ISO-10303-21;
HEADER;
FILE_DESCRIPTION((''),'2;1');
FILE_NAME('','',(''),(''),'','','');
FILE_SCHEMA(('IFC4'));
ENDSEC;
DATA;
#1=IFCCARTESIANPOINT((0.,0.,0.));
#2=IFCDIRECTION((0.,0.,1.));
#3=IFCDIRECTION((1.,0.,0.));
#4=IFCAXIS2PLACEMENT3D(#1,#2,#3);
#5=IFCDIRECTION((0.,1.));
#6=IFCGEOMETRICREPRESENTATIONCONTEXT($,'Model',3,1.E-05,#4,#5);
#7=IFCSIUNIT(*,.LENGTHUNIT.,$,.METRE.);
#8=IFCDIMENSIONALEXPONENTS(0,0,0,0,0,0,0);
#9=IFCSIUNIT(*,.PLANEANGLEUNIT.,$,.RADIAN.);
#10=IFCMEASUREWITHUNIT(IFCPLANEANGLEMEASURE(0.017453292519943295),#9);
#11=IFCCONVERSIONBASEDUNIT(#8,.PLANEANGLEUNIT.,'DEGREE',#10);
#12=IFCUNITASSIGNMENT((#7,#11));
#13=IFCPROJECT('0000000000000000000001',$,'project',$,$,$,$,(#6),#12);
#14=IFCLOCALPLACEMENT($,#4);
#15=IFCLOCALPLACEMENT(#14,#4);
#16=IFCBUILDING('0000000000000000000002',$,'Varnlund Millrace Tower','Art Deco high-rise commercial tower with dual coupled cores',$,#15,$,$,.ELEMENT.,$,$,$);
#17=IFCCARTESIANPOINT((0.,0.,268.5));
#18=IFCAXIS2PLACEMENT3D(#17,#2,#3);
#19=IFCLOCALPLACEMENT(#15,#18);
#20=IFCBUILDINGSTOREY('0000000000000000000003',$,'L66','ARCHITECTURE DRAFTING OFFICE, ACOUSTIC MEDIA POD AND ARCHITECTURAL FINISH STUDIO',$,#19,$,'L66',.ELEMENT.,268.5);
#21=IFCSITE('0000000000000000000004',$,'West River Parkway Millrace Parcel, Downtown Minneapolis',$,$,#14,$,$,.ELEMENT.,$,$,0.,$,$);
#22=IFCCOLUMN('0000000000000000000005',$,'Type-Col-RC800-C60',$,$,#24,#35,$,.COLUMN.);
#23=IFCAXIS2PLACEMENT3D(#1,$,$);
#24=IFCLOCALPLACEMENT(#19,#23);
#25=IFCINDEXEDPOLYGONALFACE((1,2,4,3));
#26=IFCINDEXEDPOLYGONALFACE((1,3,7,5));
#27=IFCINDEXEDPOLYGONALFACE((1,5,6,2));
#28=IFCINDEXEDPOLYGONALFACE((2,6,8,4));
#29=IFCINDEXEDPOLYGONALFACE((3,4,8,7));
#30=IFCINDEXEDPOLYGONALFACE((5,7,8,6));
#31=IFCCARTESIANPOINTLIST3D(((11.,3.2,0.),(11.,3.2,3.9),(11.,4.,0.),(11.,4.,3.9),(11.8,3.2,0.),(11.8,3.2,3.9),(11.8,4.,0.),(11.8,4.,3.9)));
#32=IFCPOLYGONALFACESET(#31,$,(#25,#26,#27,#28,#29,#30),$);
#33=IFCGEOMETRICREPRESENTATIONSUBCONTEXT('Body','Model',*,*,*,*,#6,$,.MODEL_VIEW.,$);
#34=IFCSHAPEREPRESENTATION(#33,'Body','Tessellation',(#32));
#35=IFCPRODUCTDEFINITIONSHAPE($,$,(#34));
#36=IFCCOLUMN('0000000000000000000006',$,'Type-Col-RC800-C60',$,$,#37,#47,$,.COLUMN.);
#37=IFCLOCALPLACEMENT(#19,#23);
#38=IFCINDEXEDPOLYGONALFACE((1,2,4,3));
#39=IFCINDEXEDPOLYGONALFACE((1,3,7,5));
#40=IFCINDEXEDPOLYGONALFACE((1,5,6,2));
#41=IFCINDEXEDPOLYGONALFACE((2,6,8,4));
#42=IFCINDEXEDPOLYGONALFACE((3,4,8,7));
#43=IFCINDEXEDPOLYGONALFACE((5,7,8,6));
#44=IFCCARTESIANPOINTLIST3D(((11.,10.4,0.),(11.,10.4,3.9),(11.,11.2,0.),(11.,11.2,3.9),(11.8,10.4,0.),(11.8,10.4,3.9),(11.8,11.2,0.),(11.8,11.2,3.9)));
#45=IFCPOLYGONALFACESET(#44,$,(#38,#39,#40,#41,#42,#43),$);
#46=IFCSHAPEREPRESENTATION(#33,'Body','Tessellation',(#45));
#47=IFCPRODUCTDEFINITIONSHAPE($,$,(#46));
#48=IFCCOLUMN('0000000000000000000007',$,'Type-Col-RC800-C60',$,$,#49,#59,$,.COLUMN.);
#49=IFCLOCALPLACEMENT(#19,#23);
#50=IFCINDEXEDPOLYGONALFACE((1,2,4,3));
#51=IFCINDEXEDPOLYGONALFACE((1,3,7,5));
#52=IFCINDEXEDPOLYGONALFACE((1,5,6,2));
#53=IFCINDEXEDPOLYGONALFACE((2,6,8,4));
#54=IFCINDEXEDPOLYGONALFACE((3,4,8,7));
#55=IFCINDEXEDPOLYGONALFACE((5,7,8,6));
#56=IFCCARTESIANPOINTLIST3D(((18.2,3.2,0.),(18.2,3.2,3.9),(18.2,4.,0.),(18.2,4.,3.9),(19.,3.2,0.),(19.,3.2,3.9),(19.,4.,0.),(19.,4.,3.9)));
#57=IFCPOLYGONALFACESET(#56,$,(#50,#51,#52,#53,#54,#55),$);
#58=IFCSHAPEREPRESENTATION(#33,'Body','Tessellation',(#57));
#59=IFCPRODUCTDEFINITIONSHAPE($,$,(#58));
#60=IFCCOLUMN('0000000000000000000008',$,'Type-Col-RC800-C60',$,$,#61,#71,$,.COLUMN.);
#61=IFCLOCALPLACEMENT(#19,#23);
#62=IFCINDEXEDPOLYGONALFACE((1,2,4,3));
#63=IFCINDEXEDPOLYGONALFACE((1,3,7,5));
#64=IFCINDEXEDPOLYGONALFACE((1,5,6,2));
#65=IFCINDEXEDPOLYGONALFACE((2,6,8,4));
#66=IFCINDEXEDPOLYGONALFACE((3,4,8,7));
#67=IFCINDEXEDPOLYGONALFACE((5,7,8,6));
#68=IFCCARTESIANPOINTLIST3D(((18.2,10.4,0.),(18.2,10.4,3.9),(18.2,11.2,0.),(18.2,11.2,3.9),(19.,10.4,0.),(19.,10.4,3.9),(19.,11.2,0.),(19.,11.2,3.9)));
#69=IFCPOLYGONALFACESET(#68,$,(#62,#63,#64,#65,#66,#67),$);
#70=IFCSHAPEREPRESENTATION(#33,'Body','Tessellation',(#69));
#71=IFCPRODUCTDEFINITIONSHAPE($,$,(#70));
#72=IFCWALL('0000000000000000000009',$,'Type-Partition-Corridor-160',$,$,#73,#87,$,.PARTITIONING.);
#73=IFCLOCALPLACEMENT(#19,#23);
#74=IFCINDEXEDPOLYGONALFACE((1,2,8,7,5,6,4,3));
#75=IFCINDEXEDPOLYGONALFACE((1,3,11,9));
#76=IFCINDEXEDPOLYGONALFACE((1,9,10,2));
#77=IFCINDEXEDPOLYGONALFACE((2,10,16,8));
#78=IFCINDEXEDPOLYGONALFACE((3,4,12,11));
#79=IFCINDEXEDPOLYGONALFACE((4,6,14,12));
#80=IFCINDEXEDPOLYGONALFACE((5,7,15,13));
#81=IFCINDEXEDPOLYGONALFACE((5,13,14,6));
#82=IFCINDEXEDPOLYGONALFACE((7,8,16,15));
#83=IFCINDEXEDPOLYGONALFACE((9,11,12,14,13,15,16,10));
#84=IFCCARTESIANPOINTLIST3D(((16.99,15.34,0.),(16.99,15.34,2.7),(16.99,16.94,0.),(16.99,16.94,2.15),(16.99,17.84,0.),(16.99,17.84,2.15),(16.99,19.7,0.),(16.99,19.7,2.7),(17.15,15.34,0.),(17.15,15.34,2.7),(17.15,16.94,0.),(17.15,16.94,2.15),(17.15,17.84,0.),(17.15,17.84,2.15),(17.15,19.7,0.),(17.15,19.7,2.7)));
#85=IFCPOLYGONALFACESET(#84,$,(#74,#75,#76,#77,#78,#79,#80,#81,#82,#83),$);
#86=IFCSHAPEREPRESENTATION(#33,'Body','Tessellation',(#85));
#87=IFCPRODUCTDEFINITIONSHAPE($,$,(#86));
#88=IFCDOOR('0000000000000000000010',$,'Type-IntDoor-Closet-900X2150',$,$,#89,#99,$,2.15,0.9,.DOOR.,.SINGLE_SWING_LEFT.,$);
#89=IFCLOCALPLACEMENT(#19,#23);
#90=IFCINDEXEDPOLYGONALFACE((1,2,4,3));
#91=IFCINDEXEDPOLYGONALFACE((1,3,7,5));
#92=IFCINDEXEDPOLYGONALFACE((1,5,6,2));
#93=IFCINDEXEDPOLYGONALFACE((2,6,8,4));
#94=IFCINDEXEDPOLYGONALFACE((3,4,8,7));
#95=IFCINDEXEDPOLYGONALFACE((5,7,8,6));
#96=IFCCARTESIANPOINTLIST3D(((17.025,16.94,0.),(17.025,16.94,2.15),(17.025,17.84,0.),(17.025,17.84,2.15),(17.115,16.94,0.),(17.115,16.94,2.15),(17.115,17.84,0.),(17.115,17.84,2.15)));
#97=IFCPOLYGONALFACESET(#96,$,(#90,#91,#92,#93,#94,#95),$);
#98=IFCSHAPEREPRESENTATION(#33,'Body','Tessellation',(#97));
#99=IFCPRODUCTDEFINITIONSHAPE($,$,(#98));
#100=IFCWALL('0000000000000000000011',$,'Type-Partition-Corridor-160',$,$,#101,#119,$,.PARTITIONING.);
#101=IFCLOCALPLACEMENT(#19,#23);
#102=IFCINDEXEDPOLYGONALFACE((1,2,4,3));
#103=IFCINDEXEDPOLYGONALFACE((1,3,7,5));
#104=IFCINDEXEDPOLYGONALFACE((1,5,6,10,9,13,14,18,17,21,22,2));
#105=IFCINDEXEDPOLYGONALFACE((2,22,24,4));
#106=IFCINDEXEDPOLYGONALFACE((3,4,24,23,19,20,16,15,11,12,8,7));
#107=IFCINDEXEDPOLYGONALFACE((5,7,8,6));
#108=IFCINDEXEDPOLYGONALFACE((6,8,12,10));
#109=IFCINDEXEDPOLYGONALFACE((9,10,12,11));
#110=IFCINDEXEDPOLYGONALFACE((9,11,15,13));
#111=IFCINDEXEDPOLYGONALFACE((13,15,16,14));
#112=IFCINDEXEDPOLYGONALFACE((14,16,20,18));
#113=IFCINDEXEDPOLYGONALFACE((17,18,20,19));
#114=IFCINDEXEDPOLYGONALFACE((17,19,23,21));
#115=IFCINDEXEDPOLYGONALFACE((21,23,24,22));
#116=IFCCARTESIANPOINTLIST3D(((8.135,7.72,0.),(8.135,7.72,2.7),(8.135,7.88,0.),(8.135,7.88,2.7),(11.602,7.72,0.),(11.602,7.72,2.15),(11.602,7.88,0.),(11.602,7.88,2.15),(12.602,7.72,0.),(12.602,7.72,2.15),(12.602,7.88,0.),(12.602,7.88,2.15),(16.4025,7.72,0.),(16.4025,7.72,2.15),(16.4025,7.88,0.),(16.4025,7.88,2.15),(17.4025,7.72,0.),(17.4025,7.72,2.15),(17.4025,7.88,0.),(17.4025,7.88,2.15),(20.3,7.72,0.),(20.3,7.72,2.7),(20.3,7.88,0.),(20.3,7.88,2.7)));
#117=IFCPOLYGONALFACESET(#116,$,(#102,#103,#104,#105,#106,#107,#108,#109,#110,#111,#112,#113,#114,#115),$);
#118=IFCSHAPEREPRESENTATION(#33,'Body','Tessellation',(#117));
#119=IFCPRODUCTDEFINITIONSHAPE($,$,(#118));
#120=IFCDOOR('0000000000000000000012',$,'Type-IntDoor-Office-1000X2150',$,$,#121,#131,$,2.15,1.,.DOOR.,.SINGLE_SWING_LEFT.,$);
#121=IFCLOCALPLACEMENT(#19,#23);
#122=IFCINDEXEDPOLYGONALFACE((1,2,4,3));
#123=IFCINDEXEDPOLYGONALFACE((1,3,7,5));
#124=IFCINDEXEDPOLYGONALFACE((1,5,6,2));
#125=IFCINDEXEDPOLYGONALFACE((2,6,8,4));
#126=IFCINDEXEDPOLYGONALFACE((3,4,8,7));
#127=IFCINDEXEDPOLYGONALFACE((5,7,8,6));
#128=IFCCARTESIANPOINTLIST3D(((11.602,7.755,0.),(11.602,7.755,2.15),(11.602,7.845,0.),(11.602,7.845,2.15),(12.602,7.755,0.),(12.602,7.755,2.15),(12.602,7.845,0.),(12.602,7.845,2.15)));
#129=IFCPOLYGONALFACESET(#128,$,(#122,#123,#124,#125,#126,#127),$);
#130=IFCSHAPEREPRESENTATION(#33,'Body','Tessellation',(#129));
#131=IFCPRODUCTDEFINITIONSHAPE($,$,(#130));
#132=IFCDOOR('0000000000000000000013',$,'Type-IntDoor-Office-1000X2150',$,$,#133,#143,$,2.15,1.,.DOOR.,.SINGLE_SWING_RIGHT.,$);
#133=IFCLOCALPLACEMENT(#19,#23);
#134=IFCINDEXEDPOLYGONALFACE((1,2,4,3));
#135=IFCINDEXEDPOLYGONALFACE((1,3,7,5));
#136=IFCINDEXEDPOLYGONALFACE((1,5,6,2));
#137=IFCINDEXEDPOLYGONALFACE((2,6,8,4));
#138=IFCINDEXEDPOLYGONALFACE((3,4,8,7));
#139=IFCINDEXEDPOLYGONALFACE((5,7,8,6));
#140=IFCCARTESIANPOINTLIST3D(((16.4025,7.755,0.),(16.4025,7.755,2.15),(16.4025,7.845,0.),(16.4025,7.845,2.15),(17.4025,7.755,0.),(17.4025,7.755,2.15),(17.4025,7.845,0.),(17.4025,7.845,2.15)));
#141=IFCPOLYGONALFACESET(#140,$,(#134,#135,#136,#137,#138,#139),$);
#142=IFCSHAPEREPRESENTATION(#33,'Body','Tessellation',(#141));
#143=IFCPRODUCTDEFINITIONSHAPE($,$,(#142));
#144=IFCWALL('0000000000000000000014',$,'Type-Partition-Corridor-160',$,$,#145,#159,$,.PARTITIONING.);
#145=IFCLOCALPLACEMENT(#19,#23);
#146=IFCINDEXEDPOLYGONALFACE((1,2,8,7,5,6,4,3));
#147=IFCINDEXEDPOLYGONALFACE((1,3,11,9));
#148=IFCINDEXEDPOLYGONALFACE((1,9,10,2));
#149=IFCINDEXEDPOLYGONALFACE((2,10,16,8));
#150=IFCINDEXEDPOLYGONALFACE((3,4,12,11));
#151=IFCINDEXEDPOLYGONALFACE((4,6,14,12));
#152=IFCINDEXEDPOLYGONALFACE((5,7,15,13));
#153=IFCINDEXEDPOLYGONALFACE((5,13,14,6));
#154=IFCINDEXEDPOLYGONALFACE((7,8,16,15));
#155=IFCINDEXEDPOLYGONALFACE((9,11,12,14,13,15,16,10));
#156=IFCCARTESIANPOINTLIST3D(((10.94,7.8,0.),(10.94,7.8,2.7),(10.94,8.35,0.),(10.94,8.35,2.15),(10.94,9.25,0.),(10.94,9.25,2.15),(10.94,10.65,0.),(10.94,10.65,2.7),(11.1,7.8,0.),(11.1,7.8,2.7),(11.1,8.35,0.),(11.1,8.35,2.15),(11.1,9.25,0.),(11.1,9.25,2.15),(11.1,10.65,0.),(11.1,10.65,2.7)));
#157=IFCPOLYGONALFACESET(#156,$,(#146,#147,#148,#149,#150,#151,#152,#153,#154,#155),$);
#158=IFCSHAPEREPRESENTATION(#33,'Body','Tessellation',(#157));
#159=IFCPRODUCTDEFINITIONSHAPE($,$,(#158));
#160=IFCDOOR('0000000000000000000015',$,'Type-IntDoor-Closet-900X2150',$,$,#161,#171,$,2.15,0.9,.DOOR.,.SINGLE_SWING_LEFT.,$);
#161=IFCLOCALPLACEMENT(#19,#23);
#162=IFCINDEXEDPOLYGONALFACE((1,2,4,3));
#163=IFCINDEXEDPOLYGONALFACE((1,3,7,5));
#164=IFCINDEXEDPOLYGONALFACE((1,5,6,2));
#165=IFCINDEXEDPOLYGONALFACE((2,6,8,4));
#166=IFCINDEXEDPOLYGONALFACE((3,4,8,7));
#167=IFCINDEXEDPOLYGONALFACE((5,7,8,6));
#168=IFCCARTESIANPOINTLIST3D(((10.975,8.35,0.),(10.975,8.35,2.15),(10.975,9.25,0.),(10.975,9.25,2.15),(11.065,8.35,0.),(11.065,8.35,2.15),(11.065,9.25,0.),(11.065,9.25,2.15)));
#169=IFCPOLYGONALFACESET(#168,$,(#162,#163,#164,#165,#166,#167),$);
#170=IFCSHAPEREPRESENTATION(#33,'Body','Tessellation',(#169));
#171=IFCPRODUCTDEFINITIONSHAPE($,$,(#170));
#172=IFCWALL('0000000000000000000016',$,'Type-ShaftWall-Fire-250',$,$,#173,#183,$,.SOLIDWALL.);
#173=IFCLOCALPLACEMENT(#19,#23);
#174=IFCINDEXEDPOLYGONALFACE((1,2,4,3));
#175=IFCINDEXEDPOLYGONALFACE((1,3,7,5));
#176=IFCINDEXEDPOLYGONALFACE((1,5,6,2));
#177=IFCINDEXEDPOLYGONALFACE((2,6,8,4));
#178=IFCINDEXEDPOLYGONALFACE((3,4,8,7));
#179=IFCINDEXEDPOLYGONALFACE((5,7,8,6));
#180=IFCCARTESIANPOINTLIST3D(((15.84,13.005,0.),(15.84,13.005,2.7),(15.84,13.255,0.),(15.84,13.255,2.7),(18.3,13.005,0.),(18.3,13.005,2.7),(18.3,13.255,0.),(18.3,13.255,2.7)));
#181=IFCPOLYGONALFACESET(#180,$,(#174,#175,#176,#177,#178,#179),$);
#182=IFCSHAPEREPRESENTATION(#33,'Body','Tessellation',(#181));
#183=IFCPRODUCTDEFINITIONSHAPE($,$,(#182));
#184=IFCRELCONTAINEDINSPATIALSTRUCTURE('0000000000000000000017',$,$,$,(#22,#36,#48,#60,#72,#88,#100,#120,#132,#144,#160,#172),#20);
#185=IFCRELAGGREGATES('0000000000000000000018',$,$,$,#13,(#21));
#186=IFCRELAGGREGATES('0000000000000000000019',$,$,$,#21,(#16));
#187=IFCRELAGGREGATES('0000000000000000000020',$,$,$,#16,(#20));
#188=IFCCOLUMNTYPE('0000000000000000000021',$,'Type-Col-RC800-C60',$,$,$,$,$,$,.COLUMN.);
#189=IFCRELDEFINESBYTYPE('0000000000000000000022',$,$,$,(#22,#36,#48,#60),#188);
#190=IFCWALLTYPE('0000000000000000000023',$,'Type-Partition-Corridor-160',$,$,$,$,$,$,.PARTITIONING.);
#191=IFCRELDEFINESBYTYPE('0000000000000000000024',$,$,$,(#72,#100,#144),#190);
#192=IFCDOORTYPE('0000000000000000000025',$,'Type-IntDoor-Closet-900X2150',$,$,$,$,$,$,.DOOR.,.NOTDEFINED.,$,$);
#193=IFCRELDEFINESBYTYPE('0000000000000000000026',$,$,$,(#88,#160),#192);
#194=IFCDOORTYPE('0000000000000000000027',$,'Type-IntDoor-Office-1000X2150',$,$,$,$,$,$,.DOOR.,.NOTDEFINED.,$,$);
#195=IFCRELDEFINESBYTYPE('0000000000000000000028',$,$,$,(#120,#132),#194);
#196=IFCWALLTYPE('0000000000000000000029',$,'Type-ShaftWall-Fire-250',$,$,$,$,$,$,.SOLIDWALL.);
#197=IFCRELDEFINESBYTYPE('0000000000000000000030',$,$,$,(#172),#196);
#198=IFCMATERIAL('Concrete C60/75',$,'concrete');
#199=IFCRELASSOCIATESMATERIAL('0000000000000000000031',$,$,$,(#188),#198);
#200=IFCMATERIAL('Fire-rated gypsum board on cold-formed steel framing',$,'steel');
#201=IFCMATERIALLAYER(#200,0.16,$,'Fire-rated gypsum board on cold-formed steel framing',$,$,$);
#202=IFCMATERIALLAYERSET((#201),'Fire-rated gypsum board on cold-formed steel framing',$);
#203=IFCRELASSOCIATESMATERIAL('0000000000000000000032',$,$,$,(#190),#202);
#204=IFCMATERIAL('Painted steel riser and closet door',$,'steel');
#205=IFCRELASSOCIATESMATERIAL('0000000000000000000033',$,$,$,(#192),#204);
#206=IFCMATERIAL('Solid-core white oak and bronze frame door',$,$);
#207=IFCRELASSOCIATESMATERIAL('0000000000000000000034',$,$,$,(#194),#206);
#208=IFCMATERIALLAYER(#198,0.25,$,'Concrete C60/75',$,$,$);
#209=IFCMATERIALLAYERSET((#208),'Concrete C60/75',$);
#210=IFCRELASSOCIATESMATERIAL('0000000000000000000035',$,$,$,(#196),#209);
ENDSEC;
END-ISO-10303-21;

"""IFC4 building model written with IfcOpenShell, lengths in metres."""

from ifc_helpers import new_model, entity, si_unit, converted_unit, direction, frame, origin_with_axes, origin_2d_with_axis, place, context, subcontext, project, spatial, polyline, rectangle, outline, extrude, material, layer, layer_set, material_profile, profile_set, type_object, element, fill, save


model = new_model("IFC4")

# Units and contexts
model_context = context("Model", 3, precision=1e-05, world=origin_with_axes(), true_north=direction((0.0, 1.0)))
body_context = subcontext(model_context, "Body", "Model", "MODEL_VIEW")
ifc_project = project(units=[si_unit("LENGTHUNIT", "METRE"), converted_unit("PLANEANGLEUNIT", "DEGREE", entity("IfcPlaneAngleMeasure", 0.017453292519943295), si_unit("PLANEANGLEUNIT", "RADIAN"), dimensions=[0, 0, 0, 0, 0, 0, 0])], contexts=[model_context])

# Site, building, storey
site_placement = place(None, origin_with_axes())
site = spatial("IfcSite", under=ifc_project, at=site_placement, Name="West River Parkway Millrace Parcel, Downtown Minneapolis", CompositionType="ELEMENT", RefElevation=0.0)
building_placement = place(site_placement, origin_with_axes())
building = spatial("IfcBuilding", under=site, at=building_placement, Name="Varnlund Millrace Tower", Description="Art Deco high-rise commercial tower with dual coupled cores", CompositionType="ELEMENT")
storey_placement = place(building_placement, frame((0.0, 0.0, 268.5), z_axis=(0.0, 0.0, 1.0), x_axis=(1.0, 0.0, 0.0)))
storey = spatial("IfcBuildingStorey", under=building, at=storey_placement, Name="L66", Description="ARCHITECTURE DRAFTING OFFICE, ACOUSTIC MEDIA POD AND ARCHITECTURAL FINISH STUDIO", LongName="L66", CompositionType="ELEMENT", Elevation=268.5)

# Columns
ifc_material_1 = material(Name="Concrete C60/75", Category="concrete")
ifc_material_profile = material_profile(ifc_material_1, rectangle(XDim=0.8, YDim=0.8, at=origin_2d_with_axis()), Name="Concrete C60/75")
ifc_profile_set = profile_set([ifc_material_profile], Name="Concrete C60/75")
column_type = type_object("IfcColumnType", Name="Type-Col-RC800-C60", PredefinedType="COLUMN", material=ifc_profile_set)
for number, where, z_axis, x_axis, name in (
    (1, (11.4, 3.6, 0.0), (0.0, 0.0, 1.0), (1.0, 0.0, 0.0), "Type-Col-RC800-C60"),
    (2, (11.4, 10.8, 0.0), (0.0, 0.0, 1.0), (1.0, 0.0, 0.0), "Type-Col-RC800-C60"),
    (3, (18.6, 3.6, 0.0), (0.0, 0.0, 1.0), (1.0, 0.0, 0.0), "Type-Col-RC800-C60"),
    (4, (18.6, 10.8, 0.0), (0.0, 0.0, 1.0), (1.0, 0.0, 0.0), "Type-Col-RC800-C60"),
):
    element("IfcColumn", number, at=place(storey_placement, frame(where, z_axis=z_axis, x_axis=x_axis)), inside=storey, type_object=column_type, Name=name, PredefinedType="COLUMN", context=body_context, shape_type="SweptSolid", body=[
        extrude(rectangle(XDim=0.8, YDim=0.8, at=origin_2d_with_axis()), origin_with_axes(), (0.0, 0.0, 1.0), 3.9),
    ])

# Wall, opening, door
ifc_material_2 = material(Name="Fire-rated gypsum board on cold-formed steel framing", Category="steel")
ifc_layer_1 = layer(ifc_material_2, 0.16, Name="Fire-rated gypsum board on cold-formed steel framing")
ifc_layer_set_1 = layer_set([ifc_layer_1], Name="Fire-rated gypsum board on cold-formed steel framing")
wall_type_1 = type_object("IfcWallType", Name="Type-Partition-Corridor-160", PredefinedType="PARTITIONING", material=ifc_layer_set_1)
wall_1_placement = place(storey_placement, frame((17.07, 15.34, 0.0), z_axis=(0.0, 0.0, 1.0), x_axis=(0.0, 1.0, 0.0)))
wall_1 = element("IfcWall", 5, at=wall_1_placement, inside=storey, type_object=wall_type_1, Name="Type-Partition-Corridor-160", PredefinedType="PARTITIONING", context=body_context, shape_type="SweptSolid", body=[
    extrude(outline(polyline([(0.0, -0.08), (4.36, -0.08), (4.36, 0.08), (0.0, 0.08), (0.0, -0.08)])), origin_with_axes(), (0.0, 0.0, 1.0), 2.7),
])
opening_1_placement = place(wall_1_placement, frame((2.05, 0.0, 0.0), z_axis=(0.0, 0.0, 1.0), x_axis=(1.0, 0.0, 0.0)))
opening_1 = element("IfcOpeningElement", 6, at=opening_1_placement, cuts=wall_1, PredefinedType="OPENING", context=body_context, shape_type="SweptSolid", body=[
    extrude(rectangle(XDim=0.9, YDim=0.18, at=origin_2d_with_axis()), origin_with_axes(), (0.0, 0.0, 1.0), 2.15),
])
ifc_material_3 = material(Name="Painted steel riser and closet door", Category="steel")
door_type_1 = type_object("IfcDoorType", Name="Type-IntDoor-Closet-900X2150", OperationType="NOTDEFINED", PredefinedType="DOOR", material=ifc_material_3)
door_1_placement = place(wall_1_placement, frame((2.05, 0.0, 0.0), z_axis=(0.0, 0.0, 1.0), x_axis=(1.0, 0.0, 0.0)))
door_1 = element("IfcDoor", 7, at=door_1_placement, inside=storey, type_object=door_type_1, Name="Type-IntDoor-Closet-900X2150", OperationType="SINGLE_SWING_LEFT", OverallHeight=2.15, OverallWidth=0.9, PredefinedType="DOOR", context=body_context, shape_type="SweptSolid", body=[
    extrude(rectangle(XDim=0.9, YDim=0.09, at=origin_2d_with_axis()), origin_with_axes(), (0.0, 0.0, 1.0), 2.15),
])
fill(opening_1, door_1)

# Wall, openings, doors
wall_2_placement = place(storey_placement, frame((8.135, 7.8, 0.0), z_axis=(0.0, 0.0, 1.0), x_axis=(1.0, 0.0, 0.0)))
wall_2 = element("IfcWall", 8, at=wall_2_placement, inside=storey, type_object=wall_type_1, Name="Type-Partition-Corridor-160", PredefinedType="PARTITIONING", context=body_context, shape_type="SweptSolid", body=[
    extrude(outline(polyline([(0.0, -0.08), (12.165, -0.08), (12.165, 0.08), (0.0, 0.08), (0.0, -0.08)])), origin_with_axes(), (0.0, 0.0, 1.0), 2.7),
])
opening_2_placement = place(wall_2_placement, frame((3.967, 0.0, 0.0), z_axis=(0.0, 0.0, 1.0), x_axis=(1.0, 0.0, 0.0)))
opening_2 = element("IfcOpeningElement", 9, at=opening_2_placement, cuts=wall_2, PredefinedType="OPENING", context=body_context, shape_type="SweptSolid", body=[
    extrude(rectangle(XDim=1.0, YDim=0.18, at=origin_2d_with_axis()), origin_with_axes(), (0.0, 0.0, 1.0), 2.15),
])
opening_3_placement = place(wall_2_placement, frame((8.7675, 0.0, 0.0), z_axis=(0.0, 0.0, 1.0), x_axis=(1.0, 0.0, 0.0)))
opening_3 = element("IfcOpeningElement", 10, at=opening_3_placement, cuts=wall_2, PredefinedType="OPENING", context=body_context, shape_type="SweptSolid", body=[
    extrude(rectangle(XDim=1.0, YDim=0.18, at=origin_2d_with_axis()), origin_with_axes(), (0.0, 0.0, 1.0), 2.15),
])
ifc_material_4 = material(Name="Solid-core white oak and bronze frame door")
door_type_2 = type_object("IfcDoorType", Name="Type-IntDoor-Office-1000X2150", OperationType="NOTDEFINED", PredefinedType="DOOR", material=ifc_material_4)
door_2_placement = place(wall_2_placement, frame((3.967, 0.0, 0.0), z_axis=(0.0, 0.0, 1.0), x_axis=(1.0, 0.0, 0.0)))
door_2 = element("IfcDoor", 11, at=door_2_placement, inside=storey, type_object=door_type_2, Name="Type-IntDoor-Office-1000X2150", OperationType="SINGLE_SWING_LEFT", OverallHeight=2.15, OverallWidth=1.0, PredefinedType="DOOR", context=body_context, shape_type="SweptSolid", body=[
    extrude(rectangle(XDim=1.0, YDim=0.09, at=origin_2d_with_axis()), origin_with_axes(), (0.0, 0.0, 1.0), 2.15),
])
fill(opening_2, door_2)
door_3_placement = place(wall_2_placement, frame((8.7675, 0.0, 0.0), z_axis=(0.0, 0.0, 1.0), x_axis=(1.0, 0.0, 0.0)))
door_3 = element("IfcDoor", 12, at=door_3_placement, inside=storey, type_object=door_type_2, Name="Type-IntDoor-Office-1000X2150", OperationType="SINGLE_SWING_RIGHT", OverallHeight=2.15, OverallWidth=1.0, PredefinedType="DOOR", context=body_context, shape_type="SweptSolid", body=[
    extrude(rectangle(XDim=1.0, YDim=0.09, at=origin_2d_with_axis()), origin_with_axes(), (0.0, 0.0, 1.0), 2.15),
])
fill(opening_3, door_3)

# Wall, opening, door
wall_3_placement = place(storey_placement, frame((11.02, 7.8, 0.0), z_axis=(0.0, 0.0, 1.0), x_axis=(0.0, 1.0, 0.0)))
wall_3 = element("IfcWall", 13, at=wall_3_placement, inside=storey, type_object=wall_type_1, Name="Type-Partition-Corridor-160", PredefinedType="PARTITIONING", context=body_context, shape_type="SweptSolid", body=[
    extrude(outline(polyline([(0.0, -0.08), (2.85, -0.08), (2.85, 0.08), (0.0, 0.08), (0.0, -0.08)])), origin_with_axes(), (0.0, 0.0, 1.0), 2.7),
])
opening_4_placement = place(wall_3_placement, frame((1.0, 0.0, 0.0), z_axis=(0.0, 0.0, 1.0), x_axis=(1.0, 0.0, 0.0)))
opening_4 = element("IfcOpeningElement", 14, at=opening_4_placement, cuts=wall_3, PredefinedType="OPENING", context=body_context, shape_type="SweptSolid", body=[
    extrude(rectangle(XDim=0.9, YDim=0.18, at=origin_2d_with_axis()), origin_with_axes(), (0.0, 0.0, 1.0), 2.15),
])
door_4_placement = place(wall_3_placement, frame((1.0, 0.0, 0.0), z_axis=(0.0, 0.0, 1.0), x_axis=(1.0, 0.0, 0.0)))
door_4 = element("IfcDoor", 15, at=door_4_placement, inside=storey, type_object=door_type_1, Name="Type-IntDoor-Closet-900X2150", OperationType="SINGLE_SWING_LEFT", OverallHeight=2.15, OverallWidth=0.9, PredefinedType="DOOR", context=body_context, shape_type="SweptSolid", body=[
    extrude(rectangle(XDim=0.9, YDim=0.09, at=origin_2d_with_axis()), origin_with_axes(), (0.0, 0.0, 1.0), 2.15),
])
fill(opening_4, door_4)

# Wall
ifc_layer_2 = layer(ifc_material_1, 0.25, Name="Concrete C60/75")
ifc_layer_set_2 = layer_set([ifc_layer_2], Name="Concrete C60/75")
wall_type_2 = type_object("IfcWallType", Name="Type-ShaftWall-Fire-250", PredefinedType="SOLIDWALL", material=ifc_layer_set_2)
for number, where, z_axis, x_axis, name in (
    (16, (15.84, 13.13, 0.0), (0.0, 0.0, 1.0), (1.0, 0.0, 0.0), "Type-ShaftWall-Fire-250"),
):
    element("IfcWall", number, at=place(storey_placement, frame(where, z_axis=z_axis, x_axis=x_axis)), inside=storey, type_object=wall_type_2, Name=name, PredefinedType="SOLIDWALL", context=body_context, shape_type="SweptSolid", body=[
        extrude(outline(polyline([(0.0, -0.125), (2.46, -0.125), (2.46, 0.125), (0.0, 0.125), (0.0, -0.125)])), origin_with_axes(), (0.0, 0.0, 1.0), 2.7),
    ])

save(model, "model.ifc")
